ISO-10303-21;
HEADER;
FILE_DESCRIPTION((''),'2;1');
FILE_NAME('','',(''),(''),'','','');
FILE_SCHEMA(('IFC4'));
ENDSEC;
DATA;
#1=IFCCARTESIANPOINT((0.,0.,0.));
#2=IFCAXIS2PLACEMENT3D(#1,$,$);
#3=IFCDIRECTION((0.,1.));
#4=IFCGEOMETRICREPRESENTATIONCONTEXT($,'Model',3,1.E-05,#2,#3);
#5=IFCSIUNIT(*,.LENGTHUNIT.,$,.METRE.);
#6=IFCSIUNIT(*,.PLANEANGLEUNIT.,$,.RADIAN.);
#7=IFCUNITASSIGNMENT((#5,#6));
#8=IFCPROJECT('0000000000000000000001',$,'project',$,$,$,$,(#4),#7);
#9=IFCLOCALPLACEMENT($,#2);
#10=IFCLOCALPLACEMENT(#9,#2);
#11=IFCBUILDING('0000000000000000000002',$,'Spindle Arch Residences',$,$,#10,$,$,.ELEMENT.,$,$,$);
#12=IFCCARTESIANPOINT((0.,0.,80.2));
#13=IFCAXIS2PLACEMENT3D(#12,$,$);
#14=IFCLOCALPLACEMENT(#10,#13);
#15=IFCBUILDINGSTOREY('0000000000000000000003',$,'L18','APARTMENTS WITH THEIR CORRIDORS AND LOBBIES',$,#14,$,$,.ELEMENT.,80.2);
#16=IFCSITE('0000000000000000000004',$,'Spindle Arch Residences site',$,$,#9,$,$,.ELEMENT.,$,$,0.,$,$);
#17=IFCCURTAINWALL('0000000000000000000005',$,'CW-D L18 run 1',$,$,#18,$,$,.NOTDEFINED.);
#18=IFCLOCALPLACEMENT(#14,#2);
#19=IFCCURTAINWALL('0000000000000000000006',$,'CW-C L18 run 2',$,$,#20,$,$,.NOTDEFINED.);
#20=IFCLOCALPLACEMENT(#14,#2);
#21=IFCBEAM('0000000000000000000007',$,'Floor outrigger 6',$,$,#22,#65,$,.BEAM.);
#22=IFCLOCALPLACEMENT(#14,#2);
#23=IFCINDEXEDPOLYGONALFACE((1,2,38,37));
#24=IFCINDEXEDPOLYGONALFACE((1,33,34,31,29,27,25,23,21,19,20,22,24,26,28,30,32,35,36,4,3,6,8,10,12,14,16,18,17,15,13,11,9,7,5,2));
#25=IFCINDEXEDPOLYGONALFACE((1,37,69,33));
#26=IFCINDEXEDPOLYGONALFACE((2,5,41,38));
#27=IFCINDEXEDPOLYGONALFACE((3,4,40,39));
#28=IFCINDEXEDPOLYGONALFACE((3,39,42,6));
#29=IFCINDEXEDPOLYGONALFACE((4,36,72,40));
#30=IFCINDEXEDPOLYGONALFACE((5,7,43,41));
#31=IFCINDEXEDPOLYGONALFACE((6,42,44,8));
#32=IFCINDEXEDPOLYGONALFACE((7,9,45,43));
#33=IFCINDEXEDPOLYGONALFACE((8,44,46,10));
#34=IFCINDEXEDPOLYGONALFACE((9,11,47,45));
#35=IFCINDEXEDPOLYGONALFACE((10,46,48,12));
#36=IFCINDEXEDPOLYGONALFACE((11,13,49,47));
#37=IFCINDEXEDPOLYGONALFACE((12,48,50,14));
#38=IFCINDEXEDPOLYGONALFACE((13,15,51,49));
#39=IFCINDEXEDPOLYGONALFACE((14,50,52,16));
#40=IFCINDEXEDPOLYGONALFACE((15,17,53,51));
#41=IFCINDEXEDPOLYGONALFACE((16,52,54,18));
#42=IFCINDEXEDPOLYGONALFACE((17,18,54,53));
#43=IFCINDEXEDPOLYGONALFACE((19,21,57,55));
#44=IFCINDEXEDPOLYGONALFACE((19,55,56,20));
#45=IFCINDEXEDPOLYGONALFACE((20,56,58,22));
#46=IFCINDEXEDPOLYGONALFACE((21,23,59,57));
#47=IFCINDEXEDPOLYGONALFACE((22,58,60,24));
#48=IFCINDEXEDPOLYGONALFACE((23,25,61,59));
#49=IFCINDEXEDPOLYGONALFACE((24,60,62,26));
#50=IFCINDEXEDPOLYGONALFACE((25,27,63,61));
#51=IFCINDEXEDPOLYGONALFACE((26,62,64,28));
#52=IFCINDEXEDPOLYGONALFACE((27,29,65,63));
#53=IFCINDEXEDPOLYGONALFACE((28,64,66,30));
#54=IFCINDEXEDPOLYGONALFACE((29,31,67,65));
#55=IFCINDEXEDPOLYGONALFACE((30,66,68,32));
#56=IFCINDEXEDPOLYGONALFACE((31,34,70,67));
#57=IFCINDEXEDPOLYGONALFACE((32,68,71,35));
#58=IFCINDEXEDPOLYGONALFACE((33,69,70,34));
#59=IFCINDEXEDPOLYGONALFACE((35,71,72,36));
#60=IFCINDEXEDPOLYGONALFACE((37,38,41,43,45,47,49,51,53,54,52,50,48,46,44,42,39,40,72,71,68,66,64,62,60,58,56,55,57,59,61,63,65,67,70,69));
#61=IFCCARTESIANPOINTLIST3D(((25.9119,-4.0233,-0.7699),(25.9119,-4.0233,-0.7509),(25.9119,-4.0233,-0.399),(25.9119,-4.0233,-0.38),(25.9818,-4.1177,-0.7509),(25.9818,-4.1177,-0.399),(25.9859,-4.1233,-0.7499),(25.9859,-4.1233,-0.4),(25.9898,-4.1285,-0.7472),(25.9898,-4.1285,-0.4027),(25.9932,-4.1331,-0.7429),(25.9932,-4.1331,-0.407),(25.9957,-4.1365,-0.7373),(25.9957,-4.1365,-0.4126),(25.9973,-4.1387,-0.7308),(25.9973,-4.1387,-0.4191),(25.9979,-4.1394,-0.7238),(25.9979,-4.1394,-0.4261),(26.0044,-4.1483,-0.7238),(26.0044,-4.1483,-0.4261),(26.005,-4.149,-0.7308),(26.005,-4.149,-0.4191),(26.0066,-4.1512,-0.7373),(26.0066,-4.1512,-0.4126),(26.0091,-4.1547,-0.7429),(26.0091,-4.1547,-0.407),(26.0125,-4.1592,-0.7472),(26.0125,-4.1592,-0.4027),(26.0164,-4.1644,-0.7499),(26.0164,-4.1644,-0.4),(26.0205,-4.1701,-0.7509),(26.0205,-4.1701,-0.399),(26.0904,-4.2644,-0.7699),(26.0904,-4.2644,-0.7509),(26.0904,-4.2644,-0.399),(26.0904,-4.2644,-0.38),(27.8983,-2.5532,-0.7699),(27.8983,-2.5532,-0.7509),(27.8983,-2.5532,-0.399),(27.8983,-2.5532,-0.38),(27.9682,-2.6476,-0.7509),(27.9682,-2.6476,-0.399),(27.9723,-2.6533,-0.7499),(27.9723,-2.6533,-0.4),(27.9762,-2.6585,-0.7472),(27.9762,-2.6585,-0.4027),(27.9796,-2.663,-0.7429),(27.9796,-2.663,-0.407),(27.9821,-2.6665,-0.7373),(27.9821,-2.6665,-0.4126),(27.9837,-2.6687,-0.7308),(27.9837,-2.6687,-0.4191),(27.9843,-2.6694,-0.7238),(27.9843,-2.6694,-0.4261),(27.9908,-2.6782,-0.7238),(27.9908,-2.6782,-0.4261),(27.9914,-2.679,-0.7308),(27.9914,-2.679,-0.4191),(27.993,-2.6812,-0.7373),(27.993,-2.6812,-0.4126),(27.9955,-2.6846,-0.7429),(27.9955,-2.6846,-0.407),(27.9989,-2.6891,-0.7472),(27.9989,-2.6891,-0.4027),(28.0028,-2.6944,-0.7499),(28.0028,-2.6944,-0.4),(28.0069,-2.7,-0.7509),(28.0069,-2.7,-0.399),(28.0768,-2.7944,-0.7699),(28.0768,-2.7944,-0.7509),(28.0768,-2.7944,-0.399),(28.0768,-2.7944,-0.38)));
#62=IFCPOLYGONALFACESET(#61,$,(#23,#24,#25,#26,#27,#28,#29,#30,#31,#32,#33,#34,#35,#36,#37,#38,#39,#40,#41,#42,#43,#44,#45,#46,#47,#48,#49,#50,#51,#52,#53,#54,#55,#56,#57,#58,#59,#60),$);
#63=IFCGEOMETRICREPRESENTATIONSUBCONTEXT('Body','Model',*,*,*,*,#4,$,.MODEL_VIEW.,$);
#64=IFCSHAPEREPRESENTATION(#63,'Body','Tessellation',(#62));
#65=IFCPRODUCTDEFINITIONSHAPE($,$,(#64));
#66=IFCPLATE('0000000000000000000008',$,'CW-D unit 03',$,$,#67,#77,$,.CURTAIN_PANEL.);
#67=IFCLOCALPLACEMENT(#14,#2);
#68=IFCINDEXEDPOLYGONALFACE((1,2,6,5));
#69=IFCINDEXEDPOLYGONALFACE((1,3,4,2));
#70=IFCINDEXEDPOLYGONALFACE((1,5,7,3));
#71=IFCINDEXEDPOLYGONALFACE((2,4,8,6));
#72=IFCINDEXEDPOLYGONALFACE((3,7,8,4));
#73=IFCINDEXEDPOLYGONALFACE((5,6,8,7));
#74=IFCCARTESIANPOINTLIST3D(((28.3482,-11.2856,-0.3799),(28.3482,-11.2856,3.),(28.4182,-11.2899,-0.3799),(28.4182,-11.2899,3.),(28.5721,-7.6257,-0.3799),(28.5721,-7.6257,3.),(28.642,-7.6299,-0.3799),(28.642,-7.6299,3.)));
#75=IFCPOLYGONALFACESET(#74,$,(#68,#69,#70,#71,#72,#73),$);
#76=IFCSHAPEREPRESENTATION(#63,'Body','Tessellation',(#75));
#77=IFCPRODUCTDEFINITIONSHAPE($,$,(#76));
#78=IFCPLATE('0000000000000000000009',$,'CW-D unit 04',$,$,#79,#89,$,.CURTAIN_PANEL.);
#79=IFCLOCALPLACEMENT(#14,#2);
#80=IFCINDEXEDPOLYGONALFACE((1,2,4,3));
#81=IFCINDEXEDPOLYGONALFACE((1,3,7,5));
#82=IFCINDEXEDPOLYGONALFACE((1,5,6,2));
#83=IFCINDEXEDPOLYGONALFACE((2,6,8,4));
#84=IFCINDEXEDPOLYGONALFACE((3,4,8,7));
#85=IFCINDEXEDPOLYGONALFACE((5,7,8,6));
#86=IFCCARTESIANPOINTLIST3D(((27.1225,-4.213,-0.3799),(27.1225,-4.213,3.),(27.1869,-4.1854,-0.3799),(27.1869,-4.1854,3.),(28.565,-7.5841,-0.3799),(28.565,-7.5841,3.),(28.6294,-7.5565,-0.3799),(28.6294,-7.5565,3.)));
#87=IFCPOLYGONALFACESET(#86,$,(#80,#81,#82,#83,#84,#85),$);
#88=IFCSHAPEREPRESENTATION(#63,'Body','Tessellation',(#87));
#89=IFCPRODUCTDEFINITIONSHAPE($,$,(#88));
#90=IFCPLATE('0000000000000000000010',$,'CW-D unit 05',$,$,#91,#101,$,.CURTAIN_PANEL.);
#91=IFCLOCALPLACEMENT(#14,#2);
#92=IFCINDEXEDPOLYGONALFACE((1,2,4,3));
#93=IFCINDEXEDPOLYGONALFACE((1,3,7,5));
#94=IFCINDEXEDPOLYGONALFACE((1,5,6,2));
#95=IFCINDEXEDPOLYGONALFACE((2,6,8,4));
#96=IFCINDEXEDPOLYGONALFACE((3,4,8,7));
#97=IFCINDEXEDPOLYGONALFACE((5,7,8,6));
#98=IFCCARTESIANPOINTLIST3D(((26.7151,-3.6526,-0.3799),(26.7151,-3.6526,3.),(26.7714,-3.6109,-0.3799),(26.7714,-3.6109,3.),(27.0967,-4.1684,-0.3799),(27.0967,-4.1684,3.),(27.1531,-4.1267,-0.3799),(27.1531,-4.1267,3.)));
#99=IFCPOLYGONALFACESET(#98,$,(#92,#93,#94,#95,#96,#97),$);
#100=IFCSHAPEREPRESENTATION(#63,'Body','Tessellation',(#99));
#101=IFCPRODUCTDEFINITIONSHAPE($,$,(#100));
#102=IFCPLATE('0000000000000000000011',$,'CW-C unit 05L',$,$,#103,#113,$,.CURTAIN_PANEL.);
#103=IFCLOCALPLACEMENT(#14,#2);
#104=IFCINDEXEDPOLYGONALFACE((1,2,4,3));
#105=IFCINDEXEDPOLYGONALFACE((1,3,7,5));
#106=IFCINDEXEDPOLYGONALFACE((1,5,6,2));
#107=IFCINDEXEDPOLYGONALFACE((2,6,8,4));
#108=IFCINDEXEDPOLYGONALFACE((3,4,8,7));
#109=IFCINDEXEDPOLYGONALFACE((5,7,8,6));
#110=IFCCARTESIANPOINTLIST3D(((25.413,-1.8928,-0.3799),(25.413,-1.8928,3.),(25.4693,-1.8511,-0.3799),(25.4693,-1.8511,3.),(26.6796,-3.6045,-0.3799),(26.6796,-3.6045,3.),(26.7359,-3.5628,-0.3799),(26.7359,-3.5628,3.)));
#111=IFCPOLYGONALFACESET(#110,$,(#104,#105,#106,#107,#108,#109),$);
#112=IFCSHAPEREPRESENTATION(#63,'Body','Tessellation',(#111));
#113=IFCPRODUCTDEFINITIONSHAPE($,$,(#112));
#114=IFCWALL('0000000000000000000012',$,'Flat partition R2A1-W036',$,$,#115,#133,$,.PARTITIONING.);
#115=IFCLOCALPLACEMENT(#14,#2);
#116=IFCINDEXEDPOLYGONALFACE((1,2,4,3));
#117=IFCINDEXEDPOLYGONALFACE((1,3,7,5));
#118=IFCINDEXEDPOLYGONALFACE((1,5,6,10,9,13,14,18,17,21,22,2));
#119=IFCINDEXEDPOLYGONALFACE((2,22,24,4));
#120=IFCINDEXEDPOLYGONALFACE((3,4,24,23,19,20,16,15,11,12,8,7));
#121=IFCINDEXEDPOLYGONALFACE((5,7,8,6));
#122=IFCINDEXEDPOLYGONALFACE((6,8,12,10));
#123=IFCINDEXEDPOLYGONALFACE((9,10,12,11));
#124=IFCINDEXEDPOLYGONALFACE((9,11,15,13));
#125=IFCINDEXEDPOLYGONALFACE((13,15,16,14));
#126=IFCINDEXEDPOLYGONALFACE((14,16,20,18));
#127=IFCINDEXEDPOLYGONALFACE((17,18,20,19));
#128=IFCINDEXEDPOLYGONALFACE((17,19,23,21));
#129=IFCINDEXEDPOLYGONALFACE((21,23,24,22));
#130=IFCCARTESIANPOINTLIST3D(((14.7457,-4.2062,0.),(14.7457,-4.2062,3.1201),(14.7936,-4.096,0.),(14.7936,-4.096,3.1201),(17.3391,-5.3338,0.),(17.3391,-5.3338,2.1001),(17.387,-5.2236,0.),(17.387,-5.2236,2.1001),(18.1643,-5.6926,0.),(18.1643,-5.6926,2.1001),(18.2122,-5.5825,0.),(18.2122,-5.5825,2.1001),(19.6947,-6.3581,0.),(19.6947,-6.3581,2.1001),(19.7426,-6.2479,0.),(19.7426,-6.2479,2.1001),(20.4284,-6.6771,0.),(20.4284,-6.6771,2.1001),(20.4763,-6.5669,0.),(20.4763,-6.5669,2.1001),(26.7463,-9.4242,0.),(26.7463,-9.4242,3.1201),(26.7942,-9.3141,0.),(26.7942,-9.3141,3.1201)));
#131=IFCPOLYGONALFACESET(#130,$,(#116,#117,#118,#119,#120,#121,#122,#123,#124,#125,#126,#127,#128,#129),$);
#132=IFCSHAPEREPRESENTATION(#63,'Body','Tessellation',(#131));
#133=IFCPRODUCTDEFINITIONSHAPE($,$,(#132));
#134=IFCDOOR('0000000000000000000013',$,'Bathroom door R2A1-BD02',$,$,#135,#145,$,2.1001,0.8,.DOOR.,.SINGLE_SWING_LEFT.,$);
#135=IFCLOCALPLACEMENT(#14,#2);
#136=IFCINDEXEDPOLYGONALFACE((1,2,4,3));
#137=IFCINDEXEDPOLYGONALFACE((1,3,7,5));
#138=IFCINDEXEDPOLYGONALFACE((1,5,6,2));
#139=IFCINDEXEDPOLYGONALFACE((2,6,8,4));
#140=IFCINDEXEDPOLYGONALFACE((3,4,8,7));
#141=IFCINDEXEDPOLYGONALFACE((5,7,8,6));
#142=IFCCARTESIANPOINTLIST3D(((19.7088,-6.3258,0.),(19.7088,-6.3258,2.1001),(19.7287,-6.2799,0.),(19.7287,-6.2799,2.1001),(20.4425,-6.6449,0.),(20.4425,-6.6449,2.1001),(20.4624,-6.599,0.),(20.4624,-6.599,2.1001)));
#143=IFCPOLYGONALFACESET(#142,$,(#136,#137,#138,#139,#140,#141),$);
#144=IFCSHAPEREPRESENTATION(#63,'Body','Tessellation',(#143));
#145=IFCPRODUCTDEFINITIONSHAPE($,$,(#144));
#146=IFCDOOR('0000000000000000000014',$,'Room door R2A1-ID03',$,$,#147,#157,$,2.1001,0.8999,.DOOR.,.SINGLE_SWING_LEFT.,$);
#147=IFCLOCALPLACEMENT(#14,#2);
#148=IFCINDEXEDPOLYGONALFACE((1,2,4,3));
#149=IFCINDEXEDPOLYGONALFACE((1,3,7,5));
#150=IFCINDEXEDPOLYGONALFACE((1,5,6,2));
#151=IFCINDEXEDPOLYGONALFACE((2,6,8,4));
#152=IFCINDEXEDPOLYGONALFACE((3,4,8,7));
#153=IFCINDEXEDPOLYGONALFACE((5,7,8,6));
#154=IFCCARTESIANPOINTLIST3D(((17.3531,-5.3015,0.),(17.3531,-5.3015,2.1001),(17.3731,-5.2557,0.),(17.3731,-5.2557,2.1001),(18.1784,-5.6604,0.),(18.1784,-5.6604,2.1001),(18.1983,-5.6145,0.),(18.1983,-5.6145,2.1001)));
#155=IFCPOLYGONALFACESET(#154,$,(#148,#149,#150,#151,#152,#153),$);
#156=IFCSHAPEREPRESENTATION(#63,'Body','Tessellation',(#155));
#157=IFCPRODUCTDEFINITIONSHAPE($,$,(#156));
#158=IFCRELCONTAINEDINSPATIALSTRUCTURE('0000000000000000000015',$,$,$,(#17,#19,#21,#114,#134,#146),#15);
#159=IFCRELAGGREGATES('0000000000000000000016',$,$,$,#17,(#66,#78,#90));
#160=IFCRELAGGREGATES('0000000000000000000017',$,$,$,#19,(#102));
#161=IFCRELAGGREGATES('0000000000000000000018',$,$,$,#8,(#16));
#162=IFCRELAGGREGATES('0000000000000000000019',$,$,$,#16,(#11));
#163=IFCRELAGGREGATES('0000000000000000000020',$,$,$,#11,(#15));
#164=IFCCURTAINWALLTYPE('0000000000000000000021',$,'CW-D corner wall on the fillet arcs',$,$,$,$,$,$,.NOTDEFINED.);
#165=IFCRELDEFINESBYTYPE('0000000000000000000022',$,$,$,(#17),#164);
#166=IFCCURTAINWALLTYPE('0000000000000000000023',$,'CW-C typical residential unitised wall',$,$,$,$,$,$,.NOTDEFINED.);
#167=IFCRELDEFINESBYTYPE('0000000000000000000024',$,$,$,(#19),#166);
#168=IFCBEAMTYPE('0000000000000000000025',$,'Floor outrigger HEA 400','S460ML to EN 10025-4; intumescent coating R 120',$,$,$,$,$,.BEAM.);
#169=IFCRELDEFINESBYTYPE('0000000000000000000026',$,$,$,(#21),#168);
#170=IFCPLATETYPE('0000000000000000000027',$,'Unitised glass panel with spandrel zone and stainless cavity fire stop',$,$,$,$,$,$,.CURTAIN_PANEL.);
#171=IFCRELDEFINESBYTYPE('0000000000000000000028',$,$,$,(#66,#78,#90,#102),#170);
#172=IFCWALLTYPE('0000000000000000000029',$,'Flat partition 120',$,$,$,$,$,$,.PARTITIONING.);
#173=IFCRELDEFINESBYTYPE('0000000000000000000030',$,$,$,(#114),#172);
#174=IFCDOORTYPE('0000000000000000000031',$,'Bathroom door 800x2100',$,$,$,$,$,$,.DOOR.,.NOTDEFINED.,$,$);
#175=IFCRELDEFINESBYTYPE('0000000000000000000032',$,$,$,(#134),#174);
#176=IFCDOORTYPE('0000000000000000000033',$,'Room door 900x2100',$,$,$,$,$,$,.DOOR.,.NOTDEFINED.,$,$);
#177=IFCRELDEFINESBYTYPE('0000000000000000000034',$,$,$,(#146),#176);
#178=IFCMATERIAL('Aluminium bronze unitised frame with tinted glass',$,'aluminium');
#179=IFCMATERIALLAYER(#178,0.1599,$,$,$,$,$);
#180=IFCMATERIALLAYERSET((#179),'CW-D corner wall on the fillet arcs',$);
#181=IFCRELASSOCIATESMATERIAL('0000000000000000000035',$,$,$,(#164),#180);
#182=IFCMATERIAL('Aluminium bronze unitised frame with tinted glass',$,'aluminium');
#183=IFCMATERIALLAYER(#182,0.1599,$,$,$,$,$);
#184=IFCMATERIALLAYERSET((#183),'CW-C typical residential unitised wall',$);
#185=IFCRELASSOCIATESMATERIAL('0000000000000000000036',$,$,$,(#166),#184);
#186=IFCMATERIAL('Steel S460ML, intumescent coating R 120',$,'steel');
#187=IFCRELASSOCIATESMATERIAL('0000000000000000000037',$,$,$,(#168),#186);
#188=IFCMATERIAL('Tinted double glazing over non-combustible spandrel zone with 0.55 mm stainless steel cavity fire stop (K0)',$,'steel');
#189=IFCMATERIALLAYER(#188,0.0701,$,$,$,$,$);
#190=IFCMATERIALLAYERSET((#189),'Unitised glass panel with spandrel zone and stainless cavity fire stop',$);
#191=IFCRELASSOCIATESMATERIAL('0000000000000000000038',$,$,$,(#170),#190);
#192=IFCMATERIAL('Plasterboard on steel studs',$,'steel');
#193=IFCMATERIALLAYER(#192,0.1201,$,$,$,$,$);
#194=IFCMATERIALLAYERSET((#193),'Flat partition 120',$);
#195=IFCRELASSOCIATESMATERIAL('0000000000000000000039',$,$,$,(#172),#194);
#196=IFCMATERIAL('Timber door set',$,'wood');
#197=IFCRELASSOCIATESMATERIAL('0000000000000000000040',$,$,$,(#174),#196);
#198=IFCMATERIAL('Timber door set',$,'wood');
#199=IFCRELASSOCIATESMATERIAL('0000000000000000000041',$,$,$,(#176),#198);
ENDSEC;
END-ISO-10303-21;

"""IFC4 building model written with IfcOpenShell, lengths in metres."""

from ifc_helpers import new_model, si_unit, direction, frame, frame_2d, origin, origin_2d, place, context, subcontext, project, spatial, rectangle, i_section, extrude, material, layer, layer_set, material_profile, profile_set, type_object, element, fill, aggregate, save


model = new_model("IFC4")

# Units and contexts
model_context = context("Model", 3, precision=1e-05, world=origin(), true_north=direction((0.0, 1.0)))
body_context = subcontext(model_context, "Body", "Model", "MODEL_VIEW")
ifc_project = project(units=[si_unit("LENGTHUNIT", "METRE"), si_unit("PLANEANGLEUNIT", "RADIAN")], contexts=[model_context])

# Site, building, storey
site_placement = place(None, origin())
site = spatial("IfcSite", under=ifc_project, at=site_placement, Name="Spindle Arch Residences site", CompositionType="ELEMENT", RefElevation=0.0)
building_placement = place(site_placement, origin())
building = spatial("IfcBuilding", under=site, at=building_placement, Name="Spindle Arch Residences", CompositionType="ELEMENT")
storey_placement = place(building_placement, frame((0.0, 0.0, 80.2)))
storey = spatial("IfcBuildingStorey", under=building, at=storey_placement, Name="L18", Description="APARTMENTS WITH THEIR CORRIDORS AND LOBBIES", CompositionType="ELEMENT", Elevation=80.2)

# Curtain wall
ifc_material_1 = material(Name="Aluminium bronze unitised frame with tinted glass", Category="aluminium")
ifc_layer_1 = layer(ifc_material_1, 0.1599)
ifc_layer_set_1 = layer_set([ifc_layer_1], Name="CW-D corner wall on the fillet arcs")
curtain_wall_type_1 = type_object("IfcCurtainWallType", Name="CW-D corner wall on the fillet arcs", PredefinedType="NOTDEFINED", material=ifc_layer_set_1)
curtain_wall_1_placement = place(storey_placement, origin())
curtain_wall_1 = element("IfcCurtainWall", 1, at=curtain_wall_1_placement, inside=storey, type_object=curtain_wall_type_1, Name="CW-D L18 run 1", PredefinedType="NOTDEFINED")

# Curtain wall
ifc_material_2 = material(Name="Aluminium bronze unitised frame with tinted glass", Category="aluminium")
ifc_layer_2 = layer(ifc_material_2, 0.1599)
ifc_layer_set_2 = layer_set([ifc_layer_2], Name="CW-C typical residential unitised wall")
curtain_wall_type_2 = type_object("IfcCurtainWallType", Name="CW-C typical residential unitised wall", PredefinedType="NOTDEFINED", material=ifc_layer_set_2)
curtain_wall_2_placement = place(storey_placement, origin())
curtain_wall_2 = element("IfcCurtainWall", 2, at=curtain_wall_2_placement, inside=storey, type_object=curtain_wall_type_2, Name="CW-C L18 run 2", PredefinedType="NOTDEFINED")

# Beam
ifc_material_3 = material(Name="Steel S460ML, intumescent coating R 120", Category="steel")
ifc_material_profile_1 = material_profile(ifc_material_3, i_section(OverallWidth=0.3, OverallDepth=0.3899, WebThickness=0.011, FlangeThickness=0.019, FilletRadius=0.0271, at=origin_2d()), Name="HEA 400")
ifc_profile_set_1 = profile_set([ifc_material_profile_1], Name="Steel S460ML, intumescent coating R 120")
beam_type_1 = type_object("IfcBeamType", Name="Floor outrigger HEA 400", Description="S460ML to EN 10025-4; intumescent coating R 120", PredefinedType="BEAM", material=ifc_profile_set_1)
beam_1_placement = place(storey_placement, frame((27.9875, -2.6738, -0.575), z_axis=(-0.803825, -0.594866, 0.0), x_axis=(0.594866, -0.803825, 0.0)))
element("IfcBeam", 3, at=beam_1_placement, inside=storey, type_object=beam_type_1, Name="Floor outrigger 6", PredefinedType="BEAM", context=body_context, shape_type="SweptSolid", body=[
    extrude(i_section(OverallWidth=0.3, OverallDepth=0.3899, WebThickness=0.011, FlangeThickness=0.019, FilletRadius=0.0271, at=origin_2d()), origin(), (0.0, 0.0, 1.0), 2.4712),
])

# Plates
ifc_material_4 = material(Name="Tinted double glazing over non-combustible spandrel zone with 0.55 mm stainless steel cavity fire stop (K0)", Category="steel")
ifc_layer_3 = layer(ifc_material_4, 0.0701)
ifc_layer_set_3 = layer_set([ifc_layer_3], Name="Unitised glass panel with spandrel zone and stainless cavity fire stop")
plate_type = type_object("IfcPlateType", Name="Unitised glass panel with spandrel zone and stainless cavity fire stop", PredefinedType="CURTAIN_PANEL", material=ifc_layer_set_3)
plate_1_placement = place(storey_placement, frame((28.4951, -9.4578, -0.3799), z_axis=(0.0, 0.0, 1.0), x_axis=(0.061049, 0.998135, 0.0)))
plate_1 = element("IfcPlate", 4, at=plate_1_placement, type_object=plate_type, Name="CW-D unit 03", PredefinedType="CURTAIN_PANEL", context=body_context, shape_type="SweptSolid", body=[
    extrude(rectangle(XDim=3.6667, YDim=0.0701, at=origin_2d()), origin(), (0.0, 0.0, 1.0), 3.3799),
])
plate_2_placement = place(storey_placement, frame((27.876, -5.8848, -0.3799), z_axis=(0.0, 0.0, 1.0), x_axis=(-0.393407, 0.919364, 0.0)))
plate_2 = element("IfcPlate", 5, at=plate_2_placement, type_object=plate_type, Name="CW-D unit 04", PredefinedType="CURTAIN_PANEL", context=body_context, shape_type="SweptSolid", body=[
    extrude(rectangle(XDim=3.6667, YDim=0.0701, at=origin_2d()), origin(), (0.0, 0.0, 1.0), 3.3799),
])
plate_3_placement = place(storey_placement, frame((26.9341, -3.8896, -0.3799), z_axis=(0.0, 0.0, 1.0), x_axis=(-0.594823, 0.803857, 0.0)))
plate_3 = element("IfcPlate", 6, at=plate_3_placement, type_object=plate_type, Name="CW-D unit 05", PredefinedType="CURTAIN_PANEL", context=body_context, shape_type="SweptSolid", body=[
    extrude(rectangle(XDim=0.6416, YDim=0.0701, at=origin_2d()), origin(), (0.0, 0.0, 1.0), 3.3799),
])
aggregate(curtain_wall_1, [plate_1, plate_2, plate_3])
plate_4_placement = place(storey_placement, frame((26.0745, -2.7278, -0.3799), z_axis=(0.0, 0.0, 1.0), x_axis=(-0.594823, 0.803857, 0.0)))
plate_4 = element("IfcPlate", 7, at=plate_4_placement, type_object=plate_type, Name="CW-C unit 05L", PredefinedType="CURTAIN_PANEL", context=body_context, shape_type="SweptSolid", body=[
    extrude(rectangle(XDim=2.1294, YDim=0.0701, at=origin_2d()), origin(), (0.0, 0.0, 1.0), 3.3799),
])
aggregate(curtain_wall_2, [plate_4])

# Wall, openings, doors
ifc_material_5 = material(Name="Plasterboard on steel studs", Category="steel")
ifc_layer_4 = layer(ifc_material_5, 0.1201)
ifc_layer_set_4 = layer_set([ifc_layer_4], Name="Flat partition 120")
wall_type_1 = type_object("IfcWallType", Name="Flat partition 120", PredefinedType="PARTITIONING", material=ifc_layer_set_4)
wall_1_placement = place(storey_placement, frame((26.7703, -9.3691, 0.0), z_axis=(0.0, 0.0, 1.0), x_axis=(-0.917058, 0.398753, 0.0)))
wall_1 = element("IfcWall", 8, at=wall_1_placement, inside=storey, type_object=wall_type_1, Name="Flat partition R2A1-W036", PredefinedType="PARTITIONING", context=body_context, shape_type="SweptSolid", body=[
    extrude(rectangle(XDim=13.0859, YDim=0.1201, at=frame_2d((6.543, 0.0))), origin(), (0.0, 0.0, 1.0), 3.1201),
])
opening_1_placement = place(wall_1_placement, frame((6.8894, 0.0, 0.0)))
opening_1 = element("IfcOpeningElement", 9, at=opening_1_placement, cuts=wall_1, PredefinedType="OPENING", context=body_context, shape_type="SweptSolid", body=[
    extrude(rectangle(XDim=0.8, YDim=2.1001, at=frame_2d((0.3999, 1.05))), frame((0.0, 0.0701, 0.0), z_axis=(0.0, -1.0, 0.0), x_axis=(1.0, 0.0, 0.0)), (0.0, 0.0, 1.0), 0.1401),
])
opening_2_placement = place(wall_1_placement, frame((9.3582, 0.0, 0.0)))
opening_2 = element("IfcOpeningElement", 10, at=opening_2_placement, cuts=wall_1, PredefinedType="OPENING", context=body_context, shape_type="SweptSolid", body=[
    extrude(rectangle(XDim=0.8999, YDim=2.1001, at=frame_2d((0.45, 1.05))), frame((0.0, 0.0701, 0.0), z_axis=(0.0, -1.0, 0.0), x_axis=(1.0, 0.0, 0.0)), (0.0, 0.0, 1.0), 0.1401),
])
ifc_material_6 = material(Name="Timber door set", Category="wood")
door_type_1 = type_object("IfcDoorType", Name="Bathroom door 800x2100", OperationType="NOTDEFINED", PredefinedType="DOOR", material=ifc_material_6)
door_1_placement = place(opening_1_placement, origin())
door_1 = element("IfcDoor", 11, at=door_1_placement, inside=storey, type_object=door_type_1, Name="Bathroom door R2A1-BD02", OperationType="SINGLE_SWING_LEFT", OverallHeight=2.1001, OverallWidth=0.8, PredefinedType="DOOR", context=body_context, shape_type="SweptSolid", body=[
    extrude(rectangle(XDim=0.8, YDim=2.1001, at=frame_2d((0.3999, 1.05))), frame((0.0, 0.0249, 0.0), z_axis=(0.0, -1.0, 0.0), x_axis=(1.0, 0.0, 0.0)), (0.0, 0.0, 1.0), 0.05),
])
fill(opening_1, door_1)
ifc_material_7 = material(Name="Timber door set", Category="wood")
door_type_2 = type_object("IfcDoorType", Name="Room door 900x2100", OperationType="NOTDEFINED", PredefinedType="DOOR", material=ifc_material_7)
door_2_placement = place(opening_2_placement, origin())
door_2 = element("IfcDoor", 12, at=door_2_placement, inside=storey, type_object=door_type_2, Name="Room door R2A1-ID03", OperationType="SINGLE_SWING_LEFT", OverallHeight=2.1001, OverallWidth=0.8999, PredefinedType="DOOR", context=body_context, shape_type="SweptSolid", body=[
    extrude(rectangle(XDim=0.8999, YDim=2.1001, at=frame_2d((0.45, 1.05))), frame((0.0, 0.0249, 0.0), z_axis=(0.0, -1.0, 0.0), x_axis=(1.0, 0.0, 0.0)), (0.0, 0.0, 1.0), 0.05),
])
fill(opening_2, door_2)

save(model, "model.ifc")
